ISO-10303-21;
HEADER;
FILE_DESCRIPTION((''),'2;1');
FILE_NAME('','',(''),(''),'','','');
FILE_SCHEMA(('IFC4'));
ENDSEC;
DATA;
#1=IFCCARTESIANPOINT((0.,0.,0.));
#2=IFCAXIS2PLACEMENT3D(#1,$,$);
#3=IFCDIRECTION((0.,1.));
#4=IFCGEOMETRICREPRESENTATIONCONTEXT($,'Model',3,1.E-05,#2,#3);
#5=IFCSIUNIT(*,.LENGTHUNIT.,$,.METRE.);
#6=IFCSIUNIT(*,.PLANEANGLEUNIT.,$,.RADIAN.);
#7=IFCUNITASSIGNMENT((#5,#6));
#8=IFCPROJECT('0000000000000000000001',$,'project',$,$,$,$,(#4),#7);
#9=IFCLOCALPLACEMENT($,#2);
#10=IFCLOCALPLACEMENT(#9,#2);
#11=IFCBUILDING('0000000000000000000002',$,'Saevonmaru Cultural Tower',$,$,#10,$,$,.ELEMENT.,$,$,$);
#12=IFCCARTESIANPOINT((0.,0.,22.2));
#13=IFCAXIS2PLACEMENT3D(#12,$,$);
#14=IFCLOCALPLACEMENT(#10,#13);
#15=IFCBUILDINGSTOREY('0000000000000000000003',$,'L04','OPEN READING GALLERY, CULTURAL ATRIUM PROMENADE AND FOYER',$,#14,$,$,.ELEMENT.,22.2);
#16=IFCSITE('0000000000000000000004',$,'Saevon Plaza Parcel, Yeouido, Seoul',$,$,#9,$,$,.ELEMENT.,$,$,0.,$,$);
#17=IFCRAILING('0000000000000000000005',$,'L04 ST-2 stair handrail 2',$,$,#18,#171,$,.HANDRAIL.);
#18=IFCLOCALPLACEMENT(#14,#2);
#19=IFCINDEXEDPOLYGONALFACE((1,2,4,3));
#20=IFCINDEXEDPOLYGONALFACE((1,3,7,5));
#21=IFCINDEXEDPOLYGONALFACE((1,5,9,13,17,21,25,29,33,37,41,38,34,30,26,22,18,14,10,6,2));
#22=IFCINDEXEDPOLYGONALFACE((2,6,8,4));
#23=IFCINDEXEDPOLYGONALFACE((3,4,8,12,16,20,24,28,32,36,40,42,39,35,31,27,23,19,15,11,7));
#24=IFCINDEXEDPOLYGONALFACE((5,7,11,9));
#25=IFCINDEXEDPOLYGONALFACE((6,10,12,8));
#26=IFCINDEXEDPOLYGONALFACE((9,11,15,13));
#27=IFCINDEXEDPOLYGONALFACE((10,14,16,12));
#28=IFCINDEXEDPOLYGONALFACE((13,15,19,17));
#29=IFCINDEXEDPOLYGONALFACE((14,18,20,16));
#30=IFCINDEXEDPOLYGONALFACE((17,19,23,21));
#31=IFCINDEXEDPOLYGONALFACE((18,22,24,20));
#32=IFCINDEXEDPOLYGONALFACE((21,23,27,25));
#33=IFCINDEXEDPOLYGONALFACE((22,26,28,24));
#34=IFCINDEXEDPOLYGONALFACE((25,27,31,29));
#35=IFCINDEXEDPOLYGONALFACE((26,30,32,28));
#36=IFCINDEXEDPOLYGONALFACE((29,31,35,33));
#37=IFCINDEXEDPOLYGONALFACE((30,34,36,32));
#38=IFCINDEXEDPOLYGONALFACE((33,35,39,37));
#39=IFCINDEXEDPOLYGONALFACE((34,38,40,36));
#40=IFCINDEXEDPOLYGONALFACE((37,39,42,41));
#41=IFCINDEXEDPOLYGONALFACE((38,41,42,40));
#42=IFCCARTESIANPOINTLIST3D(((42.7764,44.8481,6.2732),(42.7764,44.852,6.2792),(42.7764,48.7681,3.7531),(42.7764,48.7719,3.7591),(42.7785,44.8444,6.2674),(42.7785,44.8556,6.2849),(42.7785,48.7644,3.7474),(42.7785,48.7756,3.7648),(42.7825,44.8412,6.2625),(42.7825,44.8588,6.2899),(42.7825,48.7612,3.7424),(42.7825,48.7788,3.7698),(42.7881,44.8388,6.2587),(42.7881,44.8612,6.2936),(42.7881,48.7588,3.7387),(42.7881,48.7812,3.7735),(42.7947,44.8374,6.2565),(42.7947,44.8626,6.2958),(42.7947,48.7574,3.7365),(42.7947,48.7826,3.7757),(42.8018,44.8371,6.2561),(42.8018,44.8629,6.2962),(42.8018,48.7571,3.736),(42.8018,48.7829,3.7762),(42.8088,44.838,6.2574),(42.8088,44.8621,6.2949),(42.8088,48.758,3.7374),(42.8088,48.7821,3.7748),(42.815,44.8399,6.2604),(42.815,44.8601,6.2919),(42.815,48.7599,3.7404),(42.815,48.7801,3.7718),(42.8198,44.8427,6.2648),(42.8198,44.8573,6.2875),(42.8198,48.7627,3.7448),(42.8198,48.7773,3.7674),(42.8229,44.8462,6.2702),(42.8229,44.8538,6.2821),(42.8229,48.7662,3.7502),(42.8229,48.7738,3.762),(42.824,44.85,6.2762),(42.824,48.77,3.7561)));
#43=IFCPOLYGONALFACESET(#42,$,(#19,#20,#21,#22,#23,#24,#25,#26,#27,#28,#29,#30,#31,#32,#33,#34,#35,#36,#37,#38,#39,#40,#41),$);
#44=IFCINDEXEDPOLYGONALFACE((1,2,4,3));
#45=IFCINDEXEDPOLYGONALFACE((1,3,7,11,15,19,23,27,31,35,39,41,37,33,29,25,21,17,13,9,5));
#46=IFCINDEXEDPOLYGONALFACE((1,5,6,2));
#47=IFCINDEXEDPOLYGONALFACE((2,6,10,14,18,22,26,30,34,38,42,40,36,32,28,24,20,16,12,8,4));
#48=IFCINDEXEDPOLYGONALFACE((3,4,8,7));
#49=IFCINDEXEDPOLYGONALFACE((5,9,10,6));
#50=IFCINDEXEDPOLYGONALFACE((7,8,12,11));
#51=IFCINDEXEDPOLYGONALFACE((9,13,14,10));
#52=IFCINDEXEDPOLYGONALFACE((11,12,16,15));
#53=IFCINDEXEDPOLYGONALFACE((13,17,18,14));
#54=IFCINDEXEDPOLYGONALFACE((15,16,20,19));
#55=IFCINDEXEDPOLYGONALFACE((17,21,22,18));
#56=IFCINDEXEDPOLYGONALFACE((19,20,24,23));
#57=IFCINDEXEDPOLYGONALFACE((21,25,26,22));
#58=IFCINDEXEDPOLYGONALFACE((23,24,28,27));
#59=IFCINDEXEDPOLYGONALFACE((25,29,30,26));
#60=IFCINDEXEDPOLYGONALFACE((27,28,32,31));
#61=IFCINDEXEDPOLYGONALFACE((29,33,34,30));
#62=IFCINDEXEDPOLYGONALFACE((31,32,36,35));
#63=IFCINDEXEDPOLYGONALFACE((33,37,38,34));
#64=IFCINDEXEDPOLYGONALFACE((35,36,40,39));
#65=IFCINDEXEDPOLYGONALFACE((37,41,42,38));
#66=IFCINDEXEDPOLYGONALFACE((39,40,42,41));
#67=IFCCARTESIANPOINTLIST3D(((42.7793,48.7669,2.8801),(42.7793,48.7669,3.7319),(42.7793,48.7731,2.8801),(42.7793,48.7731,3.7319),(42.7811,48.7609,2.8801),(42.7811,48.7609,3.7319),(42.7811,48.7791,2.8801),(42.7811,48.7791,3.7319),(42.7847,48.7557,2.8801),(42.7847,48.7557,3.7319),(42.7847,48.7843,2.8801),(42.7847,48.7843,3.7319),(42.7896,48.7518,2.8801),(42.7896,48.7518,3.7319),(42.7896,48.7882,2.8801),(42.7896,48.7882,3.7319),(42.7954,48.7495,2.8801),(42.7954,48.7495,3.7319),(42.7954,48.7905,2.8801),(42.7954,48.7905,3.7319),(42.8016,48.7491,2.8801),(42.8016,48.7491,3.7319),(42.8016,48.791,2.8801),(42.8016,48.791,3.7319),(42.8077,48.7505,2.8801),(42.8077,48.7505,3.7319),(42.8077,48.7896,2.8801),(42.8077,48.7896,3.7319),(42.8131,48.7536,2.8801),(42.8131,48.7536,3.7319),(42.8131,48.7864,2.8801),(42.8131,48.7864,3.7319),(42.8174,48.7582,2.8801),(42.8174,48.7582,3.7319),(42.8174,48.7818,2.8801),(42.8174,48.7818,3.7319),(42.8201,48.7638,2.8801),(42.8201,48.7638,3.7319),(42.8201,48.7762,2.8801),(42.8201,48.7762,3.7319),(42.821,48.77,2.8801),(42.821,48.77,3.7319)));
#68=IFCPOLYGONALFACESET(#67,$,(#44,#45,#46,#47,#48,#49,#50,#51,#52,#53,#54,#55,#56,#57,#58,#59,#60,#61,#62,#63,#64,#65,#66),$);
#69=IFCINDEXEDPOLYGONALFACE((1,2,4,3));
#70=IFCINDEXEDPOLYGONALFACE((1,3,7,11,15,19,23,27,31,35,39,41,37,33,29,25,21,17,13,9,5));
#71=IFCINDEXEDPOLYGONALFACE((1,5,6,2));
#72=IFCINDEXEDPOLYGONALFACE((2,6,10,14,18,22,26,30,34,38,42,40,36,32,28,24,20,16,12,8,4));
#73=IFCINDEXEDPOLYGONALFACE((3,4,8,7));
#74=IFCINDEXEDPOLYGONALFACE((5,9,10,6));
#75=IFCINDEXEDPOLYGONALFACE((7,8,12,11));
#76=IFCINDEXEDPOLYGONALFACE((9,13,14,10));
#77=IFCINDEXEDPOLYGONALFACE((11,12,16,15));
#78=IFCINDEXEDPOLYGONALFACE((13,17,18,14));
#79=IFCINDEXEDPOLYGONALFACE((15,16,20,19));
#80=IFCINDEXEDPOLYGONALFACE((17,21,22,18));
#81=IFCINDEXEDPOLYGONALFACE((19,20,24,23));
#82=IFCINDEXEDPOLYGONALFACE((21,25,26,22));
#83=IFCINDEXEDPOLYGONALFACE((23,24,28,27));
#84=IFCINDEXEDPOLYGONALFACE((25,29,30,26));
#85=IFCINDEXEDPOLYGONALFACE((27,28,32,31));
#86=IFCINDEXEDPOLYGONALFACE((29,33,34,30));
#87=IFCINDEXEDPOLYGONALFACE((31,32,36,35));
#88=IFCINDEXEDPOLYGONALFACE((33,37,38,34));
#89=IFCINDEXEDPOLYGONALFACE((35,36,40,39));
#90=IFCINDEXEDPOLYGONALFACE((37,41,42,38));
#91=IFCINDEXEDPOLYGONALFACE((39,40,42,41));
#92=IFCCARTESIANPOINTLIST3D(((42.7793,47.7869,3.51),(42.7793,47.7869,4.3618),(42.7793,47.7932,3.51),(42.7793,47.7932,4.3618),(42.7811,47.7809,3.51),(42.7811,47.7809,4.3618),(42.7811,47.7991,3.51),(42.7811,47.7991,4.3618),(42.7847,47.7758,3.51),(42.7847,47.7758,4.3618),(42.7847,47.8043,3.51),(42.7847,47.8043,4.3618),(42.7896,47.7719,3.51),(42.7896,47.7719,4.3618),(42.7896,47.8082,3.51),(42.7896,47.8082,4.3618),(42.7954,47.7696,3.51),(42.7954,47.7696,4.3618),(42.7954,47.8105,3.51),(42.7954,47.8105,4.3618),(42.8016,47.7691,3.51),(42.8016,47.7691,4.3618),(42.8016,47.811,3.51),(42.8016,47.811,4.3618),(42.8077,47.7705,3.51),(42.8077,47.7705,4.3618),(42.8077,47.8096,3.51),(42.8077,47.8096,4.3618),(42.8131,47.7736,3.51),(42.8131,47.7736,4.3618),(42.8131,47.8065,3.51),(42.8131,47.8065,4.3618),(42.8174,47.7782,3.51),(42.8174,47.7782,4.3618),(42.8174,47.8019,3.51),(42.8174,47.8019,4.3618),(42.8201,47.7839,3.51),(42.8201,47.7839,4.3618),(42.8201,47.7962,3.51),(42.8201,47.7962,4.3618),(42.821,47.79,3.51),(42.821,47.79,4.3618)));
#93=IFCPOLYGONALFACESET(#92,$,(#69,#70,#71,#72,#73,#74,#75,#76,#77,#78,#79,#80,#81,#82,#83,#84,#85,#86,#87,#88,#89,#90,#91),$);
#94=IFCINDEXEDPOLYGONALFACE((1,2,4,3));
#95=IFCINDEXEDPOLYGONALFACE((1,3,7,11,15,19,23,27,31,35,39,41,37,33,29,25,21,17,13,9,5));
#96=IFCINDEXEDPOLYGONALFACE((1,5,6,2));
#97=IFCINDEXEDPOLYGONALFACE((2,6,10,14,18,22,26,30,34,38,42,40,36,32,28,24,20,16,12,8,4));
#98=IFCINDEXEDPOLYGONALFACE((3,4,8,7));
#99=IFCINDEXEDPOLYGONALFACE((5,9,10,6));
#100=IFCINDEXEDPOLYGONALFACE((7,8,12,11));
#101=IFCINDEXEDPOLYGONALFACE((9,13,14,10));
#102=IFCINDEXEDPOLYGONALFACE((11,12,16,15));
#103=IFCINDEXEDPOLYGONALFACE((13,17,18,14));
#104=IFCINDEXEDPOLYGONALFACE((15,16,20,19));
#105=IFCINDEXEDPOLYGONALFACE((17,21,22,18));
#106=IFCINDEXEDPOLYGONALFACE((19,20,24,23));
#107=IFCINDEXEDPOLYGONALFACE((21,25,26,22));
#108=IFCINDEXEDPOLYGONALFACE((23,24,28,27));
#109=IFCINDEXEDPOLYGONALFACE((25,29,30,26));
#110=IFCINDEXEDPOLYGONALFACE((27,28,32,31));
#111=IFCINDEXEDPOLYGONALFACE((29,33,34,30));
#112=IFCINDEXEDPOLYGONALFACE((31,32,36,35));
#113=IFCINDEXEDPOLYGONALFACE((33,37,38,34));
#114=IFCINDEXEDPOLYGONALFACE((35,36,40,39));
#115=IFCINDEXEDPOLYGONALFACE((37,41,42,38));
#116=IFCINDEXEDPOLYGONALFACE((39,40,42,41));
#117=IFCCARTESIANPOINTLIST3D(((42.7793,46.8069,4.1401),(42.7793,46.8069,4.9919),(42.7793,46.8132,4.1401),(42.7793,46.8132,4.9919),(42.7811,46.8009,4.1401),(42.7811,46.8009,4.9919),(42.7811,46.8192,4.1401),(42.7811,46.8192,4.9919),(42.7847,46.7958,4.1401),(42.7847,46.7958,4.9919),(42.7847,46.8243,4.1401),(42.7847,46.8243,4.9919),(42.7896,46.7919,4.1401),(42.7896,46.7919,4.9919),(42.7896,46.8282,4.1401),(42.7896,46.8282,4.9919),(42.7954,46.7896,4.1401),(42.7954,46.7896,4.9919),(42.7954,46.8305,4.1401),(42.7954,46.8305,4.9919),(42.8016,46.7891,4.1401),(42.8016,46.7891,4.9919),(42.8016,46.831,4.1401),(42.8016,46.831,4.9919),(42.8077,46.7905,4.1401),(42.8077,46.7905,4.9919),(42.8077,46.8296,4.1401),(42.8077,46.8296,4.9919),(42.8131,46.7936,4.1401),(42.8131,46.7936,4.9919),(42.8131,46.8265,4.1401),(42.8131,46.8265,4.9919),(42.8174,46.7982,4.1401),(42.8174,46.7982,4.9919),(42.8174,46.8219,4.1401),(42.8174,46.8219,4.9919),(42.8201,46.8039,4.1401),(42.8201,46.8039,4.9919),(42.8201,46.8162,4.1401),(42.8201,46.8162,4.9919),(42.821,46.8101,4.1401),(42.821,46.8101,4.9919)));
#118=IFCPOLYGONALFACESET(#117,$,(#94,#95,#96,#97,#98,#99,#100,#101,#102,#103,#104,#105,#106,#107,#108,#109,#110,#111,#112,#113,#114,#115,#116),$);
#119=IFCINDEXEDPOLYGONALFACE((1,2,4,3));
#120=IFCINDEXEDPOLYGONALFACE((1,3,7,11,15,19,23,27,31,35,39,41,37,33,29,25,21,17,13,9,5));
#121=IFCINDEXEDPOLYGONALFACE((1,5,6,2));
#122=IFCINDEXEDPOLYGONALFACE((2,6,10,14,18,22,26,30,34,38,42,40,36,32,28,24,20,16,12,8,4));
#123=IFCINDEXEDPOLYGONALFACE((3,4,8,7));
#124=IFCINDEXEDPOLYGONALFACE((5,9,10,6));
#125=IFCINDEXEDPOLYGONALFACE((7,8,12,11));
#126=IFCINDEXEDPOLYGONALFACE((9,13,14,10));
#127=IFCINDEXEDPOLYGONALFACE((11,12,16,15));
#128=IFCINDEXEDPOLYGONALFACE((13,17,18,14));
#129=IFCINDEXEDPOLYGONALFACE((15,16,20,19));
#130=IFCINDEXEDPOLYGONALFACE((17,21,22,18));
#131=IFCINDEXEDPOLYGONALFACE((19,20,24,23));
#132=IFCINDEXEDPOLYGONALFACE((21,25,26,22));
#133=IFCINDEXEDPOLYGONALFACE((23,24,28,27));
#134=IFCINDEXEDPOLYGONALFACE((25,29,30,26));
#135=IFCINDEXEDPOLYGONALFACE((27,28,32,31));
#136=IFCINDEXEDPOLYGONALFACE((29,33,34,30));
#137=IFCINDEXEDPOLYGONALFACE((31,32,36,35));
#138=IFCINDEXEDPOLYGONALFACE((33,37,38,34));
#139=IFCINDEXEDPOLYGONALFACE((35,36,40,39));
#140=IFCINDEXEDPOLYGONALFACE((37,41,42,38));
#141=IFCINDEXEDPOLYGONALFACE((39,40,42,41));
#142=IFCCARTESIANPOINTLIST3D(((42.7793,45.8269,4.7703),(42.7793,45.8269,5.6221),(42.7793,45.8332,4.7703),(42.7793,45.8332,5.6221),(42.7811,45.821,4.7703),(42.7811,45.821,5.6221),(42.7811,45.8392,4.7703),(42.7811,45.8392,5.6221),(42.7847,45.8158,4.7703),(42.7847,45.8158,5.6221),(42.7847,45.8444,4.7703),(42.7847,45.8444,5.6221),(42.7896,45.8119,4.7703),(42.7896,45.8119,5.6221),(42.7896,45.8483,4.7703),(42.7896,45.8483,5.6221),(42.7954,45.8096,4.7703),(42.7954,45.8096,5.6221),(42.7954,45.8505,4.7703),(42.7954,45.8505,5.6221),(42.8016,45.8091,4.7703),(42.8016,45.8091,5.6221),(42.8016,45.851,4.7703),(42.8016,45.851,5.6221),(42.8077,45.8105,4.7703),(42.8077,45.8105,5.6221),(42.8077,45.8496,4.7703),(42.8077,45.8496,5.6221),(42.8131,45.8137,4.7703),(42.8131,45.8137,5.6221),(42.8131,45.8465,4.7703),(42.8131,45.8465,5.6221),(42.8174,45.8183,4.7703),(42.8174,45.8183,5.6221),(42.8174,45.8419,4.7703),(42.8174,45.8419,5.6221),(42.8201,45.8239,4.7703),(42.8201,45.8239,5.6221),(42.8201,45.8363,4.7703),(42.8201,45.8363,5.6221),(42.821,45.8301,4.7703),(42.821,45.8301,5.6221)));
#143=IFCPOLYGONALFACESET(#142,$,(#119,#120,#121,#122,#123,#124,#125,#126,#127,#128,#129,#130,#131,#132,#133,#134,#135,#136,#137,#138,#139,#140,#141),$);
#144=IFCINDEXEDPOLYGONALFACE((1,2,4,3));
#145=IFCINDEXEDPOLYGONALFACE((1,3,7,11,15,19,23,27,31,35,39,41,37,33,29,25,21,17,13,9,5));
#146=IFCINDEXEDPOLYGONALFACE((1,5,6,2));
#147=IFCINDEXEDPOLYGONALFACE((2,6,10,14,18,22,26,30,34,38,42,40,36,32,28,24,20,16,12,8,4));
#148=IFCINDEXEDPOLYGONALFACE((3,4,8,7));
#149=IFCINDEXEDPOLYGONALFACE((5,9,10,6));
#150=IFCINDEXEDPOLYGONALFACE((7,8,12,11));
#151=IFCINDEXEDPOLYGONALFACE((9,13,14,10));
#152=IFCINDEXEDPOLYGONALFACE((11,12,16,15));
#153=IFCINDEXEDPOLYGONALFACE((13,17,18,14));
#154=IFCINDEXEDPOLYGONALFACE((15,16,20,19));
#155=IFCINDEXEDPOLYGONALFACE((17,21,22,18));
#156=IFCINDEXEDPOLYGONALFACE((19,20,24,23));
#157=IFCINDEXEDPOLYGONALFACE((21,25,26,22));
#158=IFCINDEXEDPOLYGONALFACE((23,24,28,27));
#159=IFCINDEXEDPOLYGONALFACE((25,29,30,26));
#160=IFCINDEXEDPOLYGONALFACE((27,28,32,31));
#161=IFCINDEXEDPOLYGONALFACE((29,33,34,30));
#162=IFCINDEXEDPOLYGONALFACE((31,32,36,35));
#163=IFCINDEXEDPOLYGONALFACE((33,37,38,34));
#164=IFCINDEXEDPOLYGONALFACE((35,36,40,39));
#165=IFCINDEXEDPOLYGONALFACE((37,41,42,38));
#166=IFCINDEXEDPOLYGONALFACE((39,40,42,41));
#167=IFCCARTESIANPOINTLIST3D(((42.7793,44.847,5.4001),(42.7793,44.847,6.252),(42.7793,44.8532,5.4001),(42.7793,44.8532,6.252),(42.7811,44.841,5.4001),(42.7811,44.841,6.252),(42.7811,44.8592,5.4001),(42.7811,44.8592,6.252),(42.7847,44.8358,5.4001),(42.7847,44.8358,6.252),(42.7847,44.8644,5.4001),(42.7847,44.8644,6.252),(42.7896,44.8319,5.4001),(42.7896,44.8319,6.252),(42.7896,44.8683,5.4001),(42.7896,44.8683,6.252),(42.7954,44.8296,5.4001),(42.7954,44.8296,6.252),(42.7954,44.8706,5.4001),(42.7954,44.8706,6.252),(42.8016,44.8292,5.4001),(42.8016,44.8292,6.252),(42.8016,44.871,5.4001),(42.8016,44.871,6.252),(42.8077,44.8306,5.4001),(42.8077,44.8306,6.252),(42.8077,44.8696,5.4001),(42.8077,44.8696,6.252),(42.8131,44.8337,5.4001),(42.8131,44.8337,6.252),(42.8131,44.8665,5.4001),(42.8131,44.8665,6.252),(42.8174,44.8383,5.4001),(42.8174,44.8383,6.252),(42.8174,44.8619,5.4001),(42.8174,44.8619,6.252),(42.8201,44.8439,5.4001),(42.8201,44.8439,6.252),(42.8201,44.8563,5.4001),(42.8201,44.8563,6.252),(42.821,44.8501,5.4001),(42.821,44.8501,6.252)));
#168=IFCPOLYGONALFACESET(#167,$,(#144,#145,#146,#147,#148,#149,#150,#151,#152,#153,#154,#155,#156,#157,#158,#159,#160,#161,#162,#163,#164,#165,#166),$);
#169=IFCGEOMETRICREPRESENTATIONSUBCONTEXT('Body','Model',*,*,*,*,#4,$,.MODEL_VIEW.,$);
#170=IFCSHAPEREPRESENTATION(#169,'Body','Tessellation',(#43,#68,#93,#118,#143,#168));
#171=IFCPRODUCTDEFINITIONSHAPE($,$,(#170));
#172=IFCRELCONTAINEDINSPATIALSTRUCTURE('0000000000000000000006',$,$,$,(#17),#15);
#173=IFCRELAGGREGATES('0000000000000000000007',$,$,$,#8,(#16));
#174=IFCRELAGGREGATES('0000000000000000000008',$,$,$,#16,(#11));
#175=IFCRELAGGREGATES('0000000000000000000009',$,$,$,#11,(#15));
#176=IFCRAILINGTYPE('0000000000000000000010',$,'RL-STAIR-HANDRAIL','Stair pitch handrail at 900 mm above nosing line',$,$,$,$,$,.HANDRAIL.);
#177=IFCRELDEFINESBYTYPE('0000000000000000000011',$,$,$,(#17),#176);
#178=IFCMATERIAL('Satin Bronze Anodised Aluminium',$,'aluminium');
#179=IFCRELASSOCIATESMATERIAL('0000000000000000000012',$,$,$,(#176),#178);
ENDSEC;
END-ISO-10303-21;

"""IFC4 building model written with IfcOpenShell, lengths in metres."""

from ifc_helpers import new_model, si_unit, direction, frame, origin, origin_2d, place, context, subcontext, project, spatial, circle, extrude, material, type_object, element, save


model = new_model("IFC4")

# Units and contexts
model_context = context("Model", 3, precision=1e-05, world=origin(), true_north=direction((0.0, 1.0)))
body_context = subcontext(model_context, "Body", "Model", "MODEL_VIEW")
ifc_project = project(units=[si_unit("LENGTHUNIT", "METRE"), si_unit("PLANEANGLEUNIT", "RADIAN")], contexts=[model_context])

# Site, building, storey
site_placement = place(None, origin())
site = spatial("IfcSite", under=ifc_project, at=site_placement, Name="Saevon Plaza Parcel, Yeouido, Seoul", CompositionType="ELEMENT", RefElevation=0.0)
building_placement = place(site_placement, origin())
building = spatial("IfcBuilding", under=site, at=building_placement, Name="Saevonmaru Cultural Tower", CompositionType="ELEMENT")
storey_placement = place(building_placement, frame((0.0, 0.0, 22.2)))
storey = spatial("IfcBuildingStorey", under=building, at=storey_placement, Name="L04", Description="OPEN READING GALLERY, CULTURAL ATRIUM PROMENADE AND FOYER", CompositionType="ELEMENT", Elevation=22.2)

# Shared definitions
ifc_material_1 = material(Name="Satin Bronze Anodised Aluminium", Category="aluminium")

# Railing
railing_type_1 = type_object("IfcRailingType", Name="RL-STAIR-HANDRAIL", Description="Stair pitch handrail at 900 mm above nosing line", PredefinedType="HANDRAIL", material=ifc_material_1)
railing_1_placement = place(storey_placement, frame((42.8, 48.77, 2.8801)))
element("IfcRailing", 1, at=railing_1_placement, inside=storey, type_object=railing_type_1, Name="L04 ST-2 stair handrail 2", PredefinedType="HANDRAIL", context=body_context, shape_type="SweptSolid", body=[
    extrude(circle(Radius=0.0239, at=origin_2d()), frame((0.0, 0.0, 0.876), z_axis=(0.0, -0.841172, 0.540768), x_axis=(1.0, 0.0, 0.0)), (0.0, 0.0, 1.0), 4.6602),
    extrude(circle(Radius=0.021, at=origin_2d()), origin(), (0.0, 0.0, 1.0), 0.8518),
    extrude(circle(Radius=0.021, at=origin_2d()), frame((0.0, -0.98, 0.6299)), (0.0, 0.0, 1.0), 0.8518),
    extrude(circle(Radius=0.021, at=origin_2d()), frame((0.0, -1.96, 1.26)), (0.0, 0.0, 1.0), 0.8518),
    extrude(circle(Radius=0.021, at=origin_2d()), frame((0.0, -2.9399, 1.8901)), (0.0, 0.0, 1.0), 0.8518),
    extrude(circle(Radius=0.021, at=origin_2d()), frame((0.0, -3.9199, 2.52)), (0.0, 0.0, 1.0), 0.8518),
])

save(model, "model.ifc")
